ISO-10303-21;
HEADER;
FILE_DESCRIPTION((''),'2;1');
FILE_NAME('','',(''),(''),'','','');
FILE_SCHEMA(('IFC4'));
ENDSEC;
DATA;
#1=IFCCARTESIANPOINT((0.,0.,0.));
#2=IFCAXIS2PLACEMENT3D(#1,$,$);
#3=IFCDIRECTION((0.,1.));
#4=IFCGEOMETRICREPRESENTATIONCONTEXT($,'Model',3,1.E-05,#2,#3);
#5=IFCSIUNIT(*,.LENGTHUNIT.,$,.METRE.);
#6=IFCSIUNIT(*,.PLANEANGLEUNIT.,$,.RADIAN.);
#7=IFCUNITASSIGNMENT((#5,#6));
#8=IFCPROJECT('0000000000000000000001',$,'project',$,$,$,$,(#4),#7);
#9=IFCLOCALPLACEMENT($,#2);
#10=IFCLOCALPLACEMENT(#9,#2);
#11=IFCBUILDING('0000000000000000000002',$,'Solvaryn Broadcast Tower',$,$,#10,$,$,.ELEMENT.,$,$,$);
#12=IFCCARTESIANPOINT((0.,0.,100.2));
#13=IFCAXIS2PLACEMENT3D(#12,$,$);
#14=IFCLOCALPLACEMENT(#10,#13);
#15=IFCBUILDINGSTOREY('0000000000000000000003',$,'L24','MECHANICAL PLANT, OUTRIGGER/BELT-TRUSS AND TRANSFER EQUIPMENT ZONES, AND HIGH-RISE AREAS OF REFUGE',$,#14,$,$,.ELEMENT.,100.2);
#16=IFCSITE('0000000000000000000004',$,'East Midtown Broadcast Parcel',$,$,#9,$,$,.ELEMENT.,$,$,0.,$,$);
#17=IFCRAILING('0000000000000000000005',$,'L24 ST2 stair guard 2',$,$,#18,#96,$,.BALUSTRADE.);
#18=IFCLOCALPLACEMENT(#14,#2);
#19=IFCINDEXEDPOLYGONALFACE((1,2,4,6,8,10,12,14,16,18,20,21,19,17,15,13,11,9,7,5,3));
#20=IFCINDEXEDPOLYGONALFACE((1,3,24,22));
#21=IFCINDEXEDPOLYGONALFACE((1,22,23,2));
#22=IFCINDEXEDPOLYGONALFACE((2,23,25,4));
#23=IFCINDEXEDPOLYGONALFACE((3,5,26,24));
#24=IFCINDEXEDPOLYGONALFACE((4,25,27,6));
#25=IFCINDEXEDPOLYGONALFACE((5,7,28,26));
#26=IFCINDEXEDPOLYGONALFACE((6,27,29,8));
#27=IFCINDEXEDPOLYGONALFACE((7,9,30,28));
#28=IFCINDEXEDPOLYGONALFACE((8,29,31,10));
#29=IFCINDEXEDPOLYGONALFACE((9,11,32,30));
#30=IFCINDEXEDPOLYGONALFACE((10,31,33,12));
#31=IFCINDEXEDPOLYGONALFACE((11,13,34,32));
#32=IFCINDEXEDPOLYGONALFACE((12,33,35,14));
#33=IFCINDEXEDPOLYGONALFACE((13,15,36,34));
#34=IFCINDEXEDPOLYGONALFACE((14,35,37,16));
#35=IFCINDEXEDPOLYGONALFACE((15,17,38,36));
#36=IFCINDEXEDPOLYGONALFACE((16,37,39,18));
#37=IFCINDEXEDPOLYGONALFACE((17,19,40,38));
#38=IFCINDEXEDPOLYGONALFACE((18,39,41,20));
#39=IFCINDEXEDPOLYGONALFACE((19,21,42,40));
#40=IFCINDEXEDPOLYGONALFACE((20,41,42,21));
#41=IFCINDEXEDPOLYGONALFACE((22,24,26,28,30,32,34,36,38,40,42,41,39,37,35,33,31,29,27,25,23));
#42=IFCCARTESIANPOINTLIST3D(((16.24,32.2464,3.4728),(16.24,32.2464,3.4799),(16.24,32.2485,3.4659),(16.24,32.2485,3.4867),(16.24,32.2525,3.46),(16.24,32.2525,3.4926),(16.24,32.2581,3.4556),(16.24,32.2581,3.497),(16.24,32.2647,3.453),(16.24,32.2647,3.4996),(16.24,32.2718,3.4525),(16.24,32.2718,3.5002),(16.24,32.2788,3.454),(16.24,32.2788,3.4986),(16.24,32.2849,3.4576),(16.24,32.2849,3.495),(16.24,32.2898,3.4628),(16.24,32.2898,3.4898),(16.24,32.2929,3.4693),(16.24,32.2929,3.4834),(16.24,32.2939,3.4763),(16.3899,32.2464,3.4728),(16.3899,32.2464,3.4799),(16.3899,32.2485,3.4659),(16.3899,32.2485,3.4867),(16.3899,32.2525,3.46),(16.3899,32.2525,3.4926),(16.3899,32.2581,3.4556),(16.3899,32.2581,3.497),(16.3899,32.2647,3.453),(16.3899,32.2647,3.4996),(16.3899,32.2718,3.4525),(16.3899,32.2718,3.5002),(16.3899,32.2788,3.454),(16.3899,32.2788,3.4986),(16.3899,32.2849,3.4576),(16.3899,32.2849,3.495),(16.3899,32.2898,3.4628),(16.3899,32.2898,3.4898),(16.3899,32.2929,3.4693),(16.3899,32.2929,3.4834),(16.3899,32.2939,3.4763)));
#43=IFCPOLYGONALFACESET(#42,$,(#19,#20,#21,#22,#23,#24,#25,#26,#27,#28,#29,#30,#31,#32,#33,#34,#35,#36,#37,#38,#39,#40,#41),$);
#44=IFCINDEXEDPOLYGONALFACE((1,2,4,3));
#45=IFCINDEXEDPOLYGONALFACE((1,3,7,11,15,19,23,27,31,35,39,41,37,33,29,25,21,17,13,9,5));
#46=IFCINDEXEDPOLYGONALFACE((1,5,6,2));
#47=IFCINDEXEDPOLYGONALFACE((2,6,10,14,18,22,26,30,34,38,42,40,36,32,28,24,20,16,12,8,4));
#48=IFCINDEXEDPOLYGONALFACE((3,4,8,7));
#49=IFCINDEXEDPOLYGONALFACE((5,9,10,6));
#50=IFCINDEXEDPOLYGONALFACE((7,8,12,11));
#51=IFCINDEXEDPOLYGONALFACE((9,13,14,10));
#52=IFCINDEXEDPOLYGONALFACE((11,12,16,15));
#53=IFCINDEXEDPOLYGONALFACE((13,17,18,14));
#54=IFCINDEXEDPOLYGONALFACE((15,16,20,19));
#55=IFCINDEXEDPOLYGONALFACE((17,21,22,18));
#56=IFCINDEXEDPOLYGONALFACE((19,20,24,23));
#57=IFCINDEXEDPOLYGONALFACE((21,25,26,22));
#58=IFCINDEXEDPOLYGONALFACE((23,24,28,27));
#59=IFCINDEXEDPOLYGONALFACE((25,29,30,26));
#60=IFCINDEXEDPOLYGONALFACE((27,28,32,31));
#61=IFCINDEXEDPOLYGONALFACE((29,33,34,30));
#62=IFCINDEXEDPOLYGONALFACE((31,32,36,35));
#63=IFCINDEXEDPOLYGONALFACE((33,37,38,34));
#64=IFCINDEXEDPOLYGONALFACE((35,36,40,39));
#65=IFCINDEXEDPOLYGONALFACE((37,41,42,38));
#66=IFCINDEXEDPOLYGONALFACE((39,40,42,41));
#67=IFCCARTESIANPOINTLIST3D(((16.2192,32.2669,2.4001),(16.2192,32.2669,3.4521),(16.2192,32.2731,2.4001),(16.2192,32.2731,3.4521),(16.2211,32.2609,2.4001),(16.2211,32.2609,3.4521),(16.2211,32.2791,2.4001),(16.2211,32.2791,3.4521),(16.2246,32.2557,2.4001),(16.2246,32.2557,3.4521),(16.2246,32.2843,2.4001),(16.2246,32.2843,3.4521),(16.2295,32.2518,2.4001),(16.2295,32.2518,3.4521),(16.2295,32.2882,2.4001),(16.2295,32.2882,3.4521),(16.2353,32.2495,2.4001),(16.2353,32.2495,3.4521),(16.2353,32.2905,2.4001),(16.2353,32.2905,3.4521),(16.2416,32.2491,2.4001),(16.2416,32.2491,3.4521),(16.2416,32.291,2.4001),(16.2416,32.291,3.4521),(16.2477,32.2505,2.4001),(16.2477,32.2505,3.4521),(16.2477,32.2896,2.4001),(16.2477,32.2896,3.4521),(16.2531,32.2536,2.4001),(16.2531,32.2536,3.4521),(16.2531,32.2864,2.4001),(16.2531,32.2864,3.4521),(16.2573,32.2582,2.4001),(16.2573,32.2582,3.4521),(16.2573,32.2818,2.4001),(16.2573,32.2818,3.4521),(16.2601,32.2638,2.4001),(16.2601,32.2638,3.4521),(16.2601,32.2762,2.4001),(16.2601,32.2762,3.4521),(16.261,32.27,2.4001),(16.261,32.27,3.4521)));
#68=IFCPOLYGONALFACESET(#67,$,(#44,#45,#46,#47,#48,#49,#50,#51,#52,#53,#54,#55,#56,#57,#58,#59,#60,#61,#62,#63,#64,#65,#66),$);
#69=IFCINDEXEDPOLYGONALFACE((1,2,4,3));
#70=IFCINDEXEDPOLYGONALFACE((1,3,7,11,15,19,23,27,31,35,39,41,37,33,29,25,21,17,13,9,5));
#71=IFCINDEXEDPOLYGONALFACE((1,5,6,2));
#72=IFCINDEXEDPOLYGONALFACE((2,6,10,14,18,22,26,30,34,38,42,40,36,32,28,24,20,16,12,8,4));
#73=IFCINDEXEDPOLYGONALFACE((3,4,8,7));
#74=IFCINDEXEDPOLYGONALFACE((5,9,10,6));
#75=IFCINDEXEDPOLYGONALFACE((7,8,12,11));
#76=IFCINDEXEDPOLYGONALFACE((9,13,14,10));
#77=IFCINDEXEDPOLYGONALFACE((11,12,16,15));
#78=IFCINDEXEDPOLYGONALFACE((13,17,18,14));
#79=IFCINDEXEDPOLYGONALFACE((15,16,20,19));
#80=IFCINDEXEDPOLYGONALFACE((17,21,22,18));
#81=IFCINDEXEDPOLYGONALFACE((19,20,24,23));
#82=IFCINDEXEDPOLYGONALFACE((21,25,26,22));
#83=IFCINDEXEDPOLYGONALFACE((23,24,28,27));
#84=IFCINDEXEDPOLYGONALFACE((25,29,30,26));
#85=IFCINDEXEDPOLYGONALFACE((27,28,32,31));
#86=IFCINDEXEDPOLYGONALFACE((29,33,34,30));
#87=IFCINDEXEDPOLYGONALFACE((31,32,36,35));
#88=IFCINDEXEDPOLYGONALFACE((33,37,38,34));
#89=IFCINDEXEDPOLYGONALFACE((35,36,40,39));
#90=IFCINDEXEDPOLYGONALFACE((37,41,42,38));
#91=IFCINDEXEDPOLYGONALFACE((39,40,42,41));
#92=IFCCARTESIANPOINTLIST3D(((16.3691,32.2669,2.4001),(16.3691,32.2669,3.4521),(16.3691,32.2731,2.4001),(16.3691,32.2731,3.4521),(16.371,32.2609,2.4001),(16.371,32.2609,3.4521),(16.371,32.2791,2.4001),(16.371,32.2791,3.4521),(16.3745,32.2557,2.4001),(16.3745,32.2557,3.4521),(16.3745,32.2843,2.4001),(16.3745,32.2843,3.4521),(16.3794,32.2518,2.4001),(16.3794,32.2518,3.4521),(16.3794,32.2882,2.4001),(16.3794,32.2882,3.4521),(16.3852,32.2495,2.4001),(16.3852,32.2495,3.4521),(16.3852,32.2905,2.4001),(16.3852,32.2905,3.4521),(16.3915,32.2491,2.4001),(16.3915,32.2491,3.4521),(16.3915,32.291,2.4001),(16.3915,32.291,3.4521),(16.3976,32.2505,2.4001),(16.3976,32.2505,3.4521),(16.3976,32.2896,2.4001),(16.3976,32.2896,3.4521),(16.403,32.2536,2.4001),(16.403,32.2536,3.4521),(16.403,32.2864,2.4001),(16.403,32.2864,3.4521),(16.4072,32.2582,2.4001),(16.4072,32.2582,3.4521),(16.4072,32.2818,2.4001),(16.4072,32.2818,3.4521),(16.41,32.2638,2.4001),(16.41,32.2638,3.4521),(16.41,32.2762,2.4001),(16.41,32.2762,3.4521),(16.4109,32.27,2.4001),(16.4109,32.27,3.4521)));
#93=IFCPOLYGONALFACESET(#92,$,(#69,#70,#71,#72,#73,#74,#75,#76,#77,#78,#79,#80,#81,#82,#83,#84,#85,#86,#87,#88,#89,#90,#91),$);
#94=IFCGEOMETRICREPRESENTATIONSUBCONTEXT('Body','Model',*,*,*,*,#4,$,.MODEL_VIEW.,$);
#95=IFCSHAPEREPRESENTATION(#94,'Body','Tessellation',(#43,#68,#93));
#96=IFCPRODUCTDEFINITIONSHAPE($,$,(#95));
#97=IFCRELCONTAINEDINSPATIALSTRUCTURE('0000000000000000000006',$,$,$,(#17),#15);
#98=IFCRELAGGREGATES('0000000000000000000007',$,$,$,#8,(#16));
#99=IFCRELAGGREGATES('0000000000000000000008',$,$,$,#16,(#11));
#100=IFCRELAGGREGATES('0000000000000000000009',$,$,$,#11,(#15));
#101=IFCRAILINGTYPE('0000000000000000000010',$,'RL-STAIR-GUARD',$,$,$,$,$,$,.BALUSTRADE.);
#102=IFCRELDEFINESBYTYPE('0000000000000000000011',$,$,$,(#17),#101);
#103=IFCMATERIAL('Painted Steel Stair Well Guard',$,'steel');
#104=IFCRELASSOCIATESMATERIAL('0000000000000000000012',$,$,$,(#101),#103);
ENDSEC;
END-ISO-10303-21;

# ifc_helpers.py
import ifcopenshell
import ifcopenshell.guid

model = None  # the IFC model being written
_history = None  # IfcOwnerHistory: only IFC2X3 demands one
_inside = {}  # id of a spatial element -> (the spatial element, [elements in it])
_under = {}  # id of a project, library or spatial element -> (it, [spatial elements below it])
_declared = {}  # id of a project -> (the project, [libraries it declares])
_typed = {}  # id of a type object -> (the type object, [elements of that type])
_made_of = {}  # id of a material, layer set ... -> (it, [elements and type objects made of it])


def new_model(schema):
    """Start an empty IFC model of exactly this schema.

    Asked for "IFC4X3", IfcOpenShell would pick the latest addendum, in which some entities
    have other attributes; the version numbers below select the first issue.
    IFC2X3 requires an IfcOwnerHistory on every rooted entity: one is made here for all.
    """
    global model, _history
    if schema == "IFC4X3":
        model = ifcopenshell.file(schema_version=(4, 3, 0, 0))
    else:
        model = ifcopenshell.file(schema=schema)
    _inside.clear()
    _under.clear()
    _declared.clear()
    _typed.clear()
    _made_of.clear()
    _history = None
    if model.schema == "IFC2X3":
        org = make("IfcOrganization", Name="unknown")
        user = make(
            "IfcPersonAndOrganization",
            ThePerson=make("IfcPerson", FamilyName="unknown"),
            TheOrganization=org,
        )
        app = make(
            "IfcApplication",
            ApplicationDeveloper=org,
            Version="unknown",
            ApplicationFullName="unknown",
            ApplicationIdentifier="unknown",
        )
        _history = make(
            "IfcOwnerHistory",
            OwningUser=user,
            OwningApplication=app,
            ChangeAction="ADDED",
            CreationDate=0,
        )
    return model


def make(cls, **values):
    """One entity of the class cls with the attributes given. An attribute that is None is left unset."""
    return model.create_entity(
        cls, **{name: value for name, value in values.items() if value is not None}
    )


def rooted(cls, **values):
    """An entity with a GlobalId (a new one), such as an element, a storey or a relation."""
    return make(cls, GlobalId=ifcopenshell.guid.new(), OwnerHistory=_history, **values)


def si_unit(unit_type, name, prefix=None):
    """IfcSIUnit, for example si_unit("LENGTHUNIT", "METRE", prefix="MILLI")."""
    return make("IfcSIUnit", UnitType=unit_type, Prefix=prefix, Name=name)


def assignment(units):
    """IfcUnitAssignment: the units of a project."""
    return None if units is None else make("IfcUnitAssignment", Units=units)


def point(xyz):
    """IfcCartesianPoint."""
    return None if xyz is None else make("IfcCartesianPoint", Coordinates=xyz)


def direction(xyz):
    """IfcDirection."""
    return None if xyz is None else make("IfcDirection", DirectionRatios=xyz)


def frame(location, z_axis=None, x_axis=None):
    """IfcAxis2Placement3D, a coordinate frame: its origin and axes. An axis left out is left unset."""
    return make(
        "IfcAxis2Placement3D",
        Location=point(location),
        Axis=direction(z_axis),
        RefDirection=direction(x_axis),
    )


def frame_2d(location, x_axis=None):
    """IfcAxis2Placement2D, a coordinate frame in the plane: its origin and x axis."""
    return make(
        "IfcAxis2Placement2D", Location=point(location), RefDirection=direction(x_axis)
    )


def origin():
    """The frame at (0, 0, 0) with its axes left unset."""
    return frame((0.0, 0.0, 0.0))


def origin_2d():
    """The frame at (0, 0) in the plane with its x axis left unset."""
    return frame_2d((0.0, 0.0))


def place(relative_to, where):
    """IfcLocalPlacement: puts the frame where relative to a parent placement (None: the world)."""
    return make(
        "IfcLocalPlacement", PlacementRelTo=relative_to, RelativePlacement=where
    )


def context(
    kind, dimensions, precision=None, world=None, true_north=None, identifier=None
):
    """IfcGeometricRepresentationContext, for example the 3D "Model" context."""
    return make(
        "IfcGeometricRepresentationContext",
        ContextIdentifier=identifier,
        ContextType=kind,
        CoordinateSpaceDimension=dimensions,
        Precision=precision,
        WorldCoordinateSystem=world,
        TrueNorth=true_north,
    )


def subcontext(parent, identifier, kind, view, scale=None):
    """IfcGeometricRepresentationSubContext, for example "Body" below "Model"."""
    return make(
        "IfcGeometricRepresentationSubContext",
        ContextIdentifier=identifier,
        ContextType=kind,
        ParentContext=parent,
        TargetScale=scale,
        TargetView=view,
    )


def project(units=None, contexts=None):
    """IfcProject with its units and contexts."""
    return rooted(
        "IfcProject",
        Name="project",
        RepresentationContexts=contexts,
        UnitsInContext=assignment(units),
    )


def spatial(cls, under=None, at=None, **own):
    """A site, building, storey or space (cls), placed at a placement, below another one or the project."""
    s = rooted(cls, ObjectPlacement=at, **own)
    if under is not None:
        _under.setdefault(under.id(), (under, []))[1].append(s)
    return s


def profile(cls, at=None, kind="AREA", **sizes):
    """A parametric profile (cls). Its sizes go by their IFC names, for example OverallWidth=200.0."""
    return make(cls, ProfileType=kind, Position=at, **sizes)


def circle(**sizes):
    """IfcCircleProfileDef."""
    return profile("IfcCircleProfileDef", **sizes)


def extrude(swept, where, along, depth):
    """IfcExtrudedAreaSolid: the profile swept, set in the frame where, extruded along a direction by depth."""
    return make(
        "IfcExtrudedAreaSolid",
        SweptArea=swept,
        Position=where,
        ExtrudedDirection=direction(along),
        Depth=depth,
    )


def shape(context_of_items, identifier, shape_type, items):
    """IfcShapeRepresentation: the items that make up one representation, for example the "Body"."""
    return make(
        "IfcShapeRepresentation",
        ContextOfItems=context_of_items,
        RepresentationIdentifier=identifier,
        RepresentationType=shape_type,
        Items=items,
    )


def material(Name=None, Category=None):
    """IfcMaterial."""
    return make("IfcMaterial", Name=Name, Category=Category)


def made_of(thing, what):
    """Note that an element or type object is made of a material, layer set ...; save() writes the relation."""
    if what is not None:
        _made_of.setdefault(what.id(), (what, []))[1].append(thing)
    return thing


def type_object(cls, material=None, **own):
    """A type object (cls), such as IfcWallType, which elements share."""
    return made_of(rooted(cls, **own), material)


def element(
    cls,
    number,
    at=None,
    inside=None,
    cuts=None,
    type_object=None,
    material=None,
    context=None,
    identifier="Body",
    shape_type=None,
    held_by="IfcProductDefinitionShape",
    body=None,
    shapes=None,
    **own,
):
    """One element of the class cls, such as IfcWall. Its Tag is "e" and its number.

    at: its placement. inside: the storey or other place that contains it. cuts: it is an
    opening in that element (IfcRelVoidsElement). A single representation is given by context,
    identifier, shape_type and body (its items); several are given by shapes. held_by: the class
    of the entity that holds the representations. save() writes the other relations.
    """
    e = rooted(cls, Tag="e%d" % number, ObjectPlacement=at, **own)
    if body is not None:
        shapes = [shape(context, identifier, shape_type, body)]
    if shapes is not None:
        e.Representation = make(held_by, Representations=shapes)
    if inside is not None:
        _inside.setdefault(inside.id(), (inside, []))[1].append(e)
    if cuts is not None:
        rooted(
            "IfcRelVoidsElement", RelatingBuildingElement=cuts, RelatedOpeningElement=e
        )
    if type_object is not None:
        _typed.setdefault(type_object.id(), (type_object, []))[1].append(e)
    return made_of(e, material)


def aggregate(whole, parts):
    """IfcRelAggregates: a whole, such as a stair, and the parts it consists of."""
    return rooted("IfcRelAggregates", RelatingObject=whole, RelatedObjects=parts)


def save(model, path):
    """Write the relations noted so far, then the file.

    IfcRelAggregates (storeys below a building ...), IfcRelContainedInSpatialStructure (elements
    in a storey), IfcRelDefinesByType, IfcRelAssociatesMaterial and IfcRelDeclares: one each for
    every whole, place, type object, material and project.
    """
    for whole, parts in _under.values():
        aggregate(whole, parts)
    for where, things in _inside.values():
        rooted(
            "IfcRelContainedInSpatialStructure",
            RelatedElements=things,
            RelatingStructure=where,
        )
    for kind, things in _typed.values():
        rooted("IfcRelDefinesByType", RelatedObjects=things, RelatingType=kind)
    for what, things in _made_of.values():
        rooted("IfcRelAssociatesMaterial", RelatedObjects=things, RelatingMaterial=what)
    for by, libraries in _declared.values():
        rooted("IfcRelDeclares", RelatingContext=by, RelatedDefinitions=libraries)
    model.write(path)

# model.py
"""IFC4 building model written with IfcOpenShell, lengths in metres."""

from ifc_helpers import new_model, si_unit, direction, frame, origin, origin_2d, place, context, subcontext, project, spatial, circle, extrude, material, type_object, element, save


model = new_model("IFC4")

# Units and contexts
model_context = context("Model", 3, precision=1e-05, world=origin(), true_north=direction((0.0, 1.0)))
body_context = subcontext(model_context, "Body", "Model", "MODEL_VIEW")
ifc_project = project(units=[si_unit("LENGTHUNIT", "METRE"), si_unit("PLANEANGLEUNIT", "RADIAN")], contexts=[model_context])

# Site, building, storey
site_placement = place(None, origin())
site = spatial("IfcSite", under=ifc_project, at=site_placement, Name="East Midtown Broadcast Parcel", CompositionType="ELEMENT", RefElevation=0.0)
building_placement = place(site_placement, origin())
building = spatial("IfcBuilding", under=site, at=building_placement, Name="Solvaryn Broadcast Tower", CompositionType="ELEMENT")
storey_placement = place(building_placement, frame((0.0, 0.0, 100.2)))
storey = spatial("IfcBuildingStorey", under=building, at=storey_placement, Name="L24", Description="MECHANICAL PLANT, OUTRIGGER/BELT-TRUSS AND TRANSFER EQUIPMENT ZONES, AND HIGH-RISE AREAS OF REFUGE", CompositionType="ELEMENT", Elevation=100.2)

# Railing
ifc_material_1 = material(Name="Painted Steel Stair Well Guard", Category="steel")
railing_type_1 = type_object("IfcRailingType", Name="RL-STAIR-GUARD", PredefinedType="BALUSTRADE", material=ifc_material_1)
railing_1_placement = place(storey_placement, frame((16.24, 32.27, 2.4001)))
element("IfcRailing", 1, at=railing_1_placement, inside=storey, type_object=railing_type_1, Name="L24 ST2 stair guard 2", PredefinedType="BALUSTRADE", context=body_context, shape_type="SweptSolid", body=[
    extrude(circle(Radius=0.0239, at=origin_2d()), frame((0.0, 0.0, 1.0762), z_axis=(1.0, 0.0, 0.0), x_axis=(0.0, 1.0, 0.0)), (0.0, 0.0, 1.0), 0.1499),
    extrude(circle(Radius=0.021, at=origin_2d()), origin(), (0.0, 0.0, 1.0), 1.052),
    extrude(circle(Radius=0.021, at=origin_2d()), frame((0.1499, 0.0, 0.0)), (0.0, 0.0, 1.0), 1.052),
])

save(model, "model.ifc")
